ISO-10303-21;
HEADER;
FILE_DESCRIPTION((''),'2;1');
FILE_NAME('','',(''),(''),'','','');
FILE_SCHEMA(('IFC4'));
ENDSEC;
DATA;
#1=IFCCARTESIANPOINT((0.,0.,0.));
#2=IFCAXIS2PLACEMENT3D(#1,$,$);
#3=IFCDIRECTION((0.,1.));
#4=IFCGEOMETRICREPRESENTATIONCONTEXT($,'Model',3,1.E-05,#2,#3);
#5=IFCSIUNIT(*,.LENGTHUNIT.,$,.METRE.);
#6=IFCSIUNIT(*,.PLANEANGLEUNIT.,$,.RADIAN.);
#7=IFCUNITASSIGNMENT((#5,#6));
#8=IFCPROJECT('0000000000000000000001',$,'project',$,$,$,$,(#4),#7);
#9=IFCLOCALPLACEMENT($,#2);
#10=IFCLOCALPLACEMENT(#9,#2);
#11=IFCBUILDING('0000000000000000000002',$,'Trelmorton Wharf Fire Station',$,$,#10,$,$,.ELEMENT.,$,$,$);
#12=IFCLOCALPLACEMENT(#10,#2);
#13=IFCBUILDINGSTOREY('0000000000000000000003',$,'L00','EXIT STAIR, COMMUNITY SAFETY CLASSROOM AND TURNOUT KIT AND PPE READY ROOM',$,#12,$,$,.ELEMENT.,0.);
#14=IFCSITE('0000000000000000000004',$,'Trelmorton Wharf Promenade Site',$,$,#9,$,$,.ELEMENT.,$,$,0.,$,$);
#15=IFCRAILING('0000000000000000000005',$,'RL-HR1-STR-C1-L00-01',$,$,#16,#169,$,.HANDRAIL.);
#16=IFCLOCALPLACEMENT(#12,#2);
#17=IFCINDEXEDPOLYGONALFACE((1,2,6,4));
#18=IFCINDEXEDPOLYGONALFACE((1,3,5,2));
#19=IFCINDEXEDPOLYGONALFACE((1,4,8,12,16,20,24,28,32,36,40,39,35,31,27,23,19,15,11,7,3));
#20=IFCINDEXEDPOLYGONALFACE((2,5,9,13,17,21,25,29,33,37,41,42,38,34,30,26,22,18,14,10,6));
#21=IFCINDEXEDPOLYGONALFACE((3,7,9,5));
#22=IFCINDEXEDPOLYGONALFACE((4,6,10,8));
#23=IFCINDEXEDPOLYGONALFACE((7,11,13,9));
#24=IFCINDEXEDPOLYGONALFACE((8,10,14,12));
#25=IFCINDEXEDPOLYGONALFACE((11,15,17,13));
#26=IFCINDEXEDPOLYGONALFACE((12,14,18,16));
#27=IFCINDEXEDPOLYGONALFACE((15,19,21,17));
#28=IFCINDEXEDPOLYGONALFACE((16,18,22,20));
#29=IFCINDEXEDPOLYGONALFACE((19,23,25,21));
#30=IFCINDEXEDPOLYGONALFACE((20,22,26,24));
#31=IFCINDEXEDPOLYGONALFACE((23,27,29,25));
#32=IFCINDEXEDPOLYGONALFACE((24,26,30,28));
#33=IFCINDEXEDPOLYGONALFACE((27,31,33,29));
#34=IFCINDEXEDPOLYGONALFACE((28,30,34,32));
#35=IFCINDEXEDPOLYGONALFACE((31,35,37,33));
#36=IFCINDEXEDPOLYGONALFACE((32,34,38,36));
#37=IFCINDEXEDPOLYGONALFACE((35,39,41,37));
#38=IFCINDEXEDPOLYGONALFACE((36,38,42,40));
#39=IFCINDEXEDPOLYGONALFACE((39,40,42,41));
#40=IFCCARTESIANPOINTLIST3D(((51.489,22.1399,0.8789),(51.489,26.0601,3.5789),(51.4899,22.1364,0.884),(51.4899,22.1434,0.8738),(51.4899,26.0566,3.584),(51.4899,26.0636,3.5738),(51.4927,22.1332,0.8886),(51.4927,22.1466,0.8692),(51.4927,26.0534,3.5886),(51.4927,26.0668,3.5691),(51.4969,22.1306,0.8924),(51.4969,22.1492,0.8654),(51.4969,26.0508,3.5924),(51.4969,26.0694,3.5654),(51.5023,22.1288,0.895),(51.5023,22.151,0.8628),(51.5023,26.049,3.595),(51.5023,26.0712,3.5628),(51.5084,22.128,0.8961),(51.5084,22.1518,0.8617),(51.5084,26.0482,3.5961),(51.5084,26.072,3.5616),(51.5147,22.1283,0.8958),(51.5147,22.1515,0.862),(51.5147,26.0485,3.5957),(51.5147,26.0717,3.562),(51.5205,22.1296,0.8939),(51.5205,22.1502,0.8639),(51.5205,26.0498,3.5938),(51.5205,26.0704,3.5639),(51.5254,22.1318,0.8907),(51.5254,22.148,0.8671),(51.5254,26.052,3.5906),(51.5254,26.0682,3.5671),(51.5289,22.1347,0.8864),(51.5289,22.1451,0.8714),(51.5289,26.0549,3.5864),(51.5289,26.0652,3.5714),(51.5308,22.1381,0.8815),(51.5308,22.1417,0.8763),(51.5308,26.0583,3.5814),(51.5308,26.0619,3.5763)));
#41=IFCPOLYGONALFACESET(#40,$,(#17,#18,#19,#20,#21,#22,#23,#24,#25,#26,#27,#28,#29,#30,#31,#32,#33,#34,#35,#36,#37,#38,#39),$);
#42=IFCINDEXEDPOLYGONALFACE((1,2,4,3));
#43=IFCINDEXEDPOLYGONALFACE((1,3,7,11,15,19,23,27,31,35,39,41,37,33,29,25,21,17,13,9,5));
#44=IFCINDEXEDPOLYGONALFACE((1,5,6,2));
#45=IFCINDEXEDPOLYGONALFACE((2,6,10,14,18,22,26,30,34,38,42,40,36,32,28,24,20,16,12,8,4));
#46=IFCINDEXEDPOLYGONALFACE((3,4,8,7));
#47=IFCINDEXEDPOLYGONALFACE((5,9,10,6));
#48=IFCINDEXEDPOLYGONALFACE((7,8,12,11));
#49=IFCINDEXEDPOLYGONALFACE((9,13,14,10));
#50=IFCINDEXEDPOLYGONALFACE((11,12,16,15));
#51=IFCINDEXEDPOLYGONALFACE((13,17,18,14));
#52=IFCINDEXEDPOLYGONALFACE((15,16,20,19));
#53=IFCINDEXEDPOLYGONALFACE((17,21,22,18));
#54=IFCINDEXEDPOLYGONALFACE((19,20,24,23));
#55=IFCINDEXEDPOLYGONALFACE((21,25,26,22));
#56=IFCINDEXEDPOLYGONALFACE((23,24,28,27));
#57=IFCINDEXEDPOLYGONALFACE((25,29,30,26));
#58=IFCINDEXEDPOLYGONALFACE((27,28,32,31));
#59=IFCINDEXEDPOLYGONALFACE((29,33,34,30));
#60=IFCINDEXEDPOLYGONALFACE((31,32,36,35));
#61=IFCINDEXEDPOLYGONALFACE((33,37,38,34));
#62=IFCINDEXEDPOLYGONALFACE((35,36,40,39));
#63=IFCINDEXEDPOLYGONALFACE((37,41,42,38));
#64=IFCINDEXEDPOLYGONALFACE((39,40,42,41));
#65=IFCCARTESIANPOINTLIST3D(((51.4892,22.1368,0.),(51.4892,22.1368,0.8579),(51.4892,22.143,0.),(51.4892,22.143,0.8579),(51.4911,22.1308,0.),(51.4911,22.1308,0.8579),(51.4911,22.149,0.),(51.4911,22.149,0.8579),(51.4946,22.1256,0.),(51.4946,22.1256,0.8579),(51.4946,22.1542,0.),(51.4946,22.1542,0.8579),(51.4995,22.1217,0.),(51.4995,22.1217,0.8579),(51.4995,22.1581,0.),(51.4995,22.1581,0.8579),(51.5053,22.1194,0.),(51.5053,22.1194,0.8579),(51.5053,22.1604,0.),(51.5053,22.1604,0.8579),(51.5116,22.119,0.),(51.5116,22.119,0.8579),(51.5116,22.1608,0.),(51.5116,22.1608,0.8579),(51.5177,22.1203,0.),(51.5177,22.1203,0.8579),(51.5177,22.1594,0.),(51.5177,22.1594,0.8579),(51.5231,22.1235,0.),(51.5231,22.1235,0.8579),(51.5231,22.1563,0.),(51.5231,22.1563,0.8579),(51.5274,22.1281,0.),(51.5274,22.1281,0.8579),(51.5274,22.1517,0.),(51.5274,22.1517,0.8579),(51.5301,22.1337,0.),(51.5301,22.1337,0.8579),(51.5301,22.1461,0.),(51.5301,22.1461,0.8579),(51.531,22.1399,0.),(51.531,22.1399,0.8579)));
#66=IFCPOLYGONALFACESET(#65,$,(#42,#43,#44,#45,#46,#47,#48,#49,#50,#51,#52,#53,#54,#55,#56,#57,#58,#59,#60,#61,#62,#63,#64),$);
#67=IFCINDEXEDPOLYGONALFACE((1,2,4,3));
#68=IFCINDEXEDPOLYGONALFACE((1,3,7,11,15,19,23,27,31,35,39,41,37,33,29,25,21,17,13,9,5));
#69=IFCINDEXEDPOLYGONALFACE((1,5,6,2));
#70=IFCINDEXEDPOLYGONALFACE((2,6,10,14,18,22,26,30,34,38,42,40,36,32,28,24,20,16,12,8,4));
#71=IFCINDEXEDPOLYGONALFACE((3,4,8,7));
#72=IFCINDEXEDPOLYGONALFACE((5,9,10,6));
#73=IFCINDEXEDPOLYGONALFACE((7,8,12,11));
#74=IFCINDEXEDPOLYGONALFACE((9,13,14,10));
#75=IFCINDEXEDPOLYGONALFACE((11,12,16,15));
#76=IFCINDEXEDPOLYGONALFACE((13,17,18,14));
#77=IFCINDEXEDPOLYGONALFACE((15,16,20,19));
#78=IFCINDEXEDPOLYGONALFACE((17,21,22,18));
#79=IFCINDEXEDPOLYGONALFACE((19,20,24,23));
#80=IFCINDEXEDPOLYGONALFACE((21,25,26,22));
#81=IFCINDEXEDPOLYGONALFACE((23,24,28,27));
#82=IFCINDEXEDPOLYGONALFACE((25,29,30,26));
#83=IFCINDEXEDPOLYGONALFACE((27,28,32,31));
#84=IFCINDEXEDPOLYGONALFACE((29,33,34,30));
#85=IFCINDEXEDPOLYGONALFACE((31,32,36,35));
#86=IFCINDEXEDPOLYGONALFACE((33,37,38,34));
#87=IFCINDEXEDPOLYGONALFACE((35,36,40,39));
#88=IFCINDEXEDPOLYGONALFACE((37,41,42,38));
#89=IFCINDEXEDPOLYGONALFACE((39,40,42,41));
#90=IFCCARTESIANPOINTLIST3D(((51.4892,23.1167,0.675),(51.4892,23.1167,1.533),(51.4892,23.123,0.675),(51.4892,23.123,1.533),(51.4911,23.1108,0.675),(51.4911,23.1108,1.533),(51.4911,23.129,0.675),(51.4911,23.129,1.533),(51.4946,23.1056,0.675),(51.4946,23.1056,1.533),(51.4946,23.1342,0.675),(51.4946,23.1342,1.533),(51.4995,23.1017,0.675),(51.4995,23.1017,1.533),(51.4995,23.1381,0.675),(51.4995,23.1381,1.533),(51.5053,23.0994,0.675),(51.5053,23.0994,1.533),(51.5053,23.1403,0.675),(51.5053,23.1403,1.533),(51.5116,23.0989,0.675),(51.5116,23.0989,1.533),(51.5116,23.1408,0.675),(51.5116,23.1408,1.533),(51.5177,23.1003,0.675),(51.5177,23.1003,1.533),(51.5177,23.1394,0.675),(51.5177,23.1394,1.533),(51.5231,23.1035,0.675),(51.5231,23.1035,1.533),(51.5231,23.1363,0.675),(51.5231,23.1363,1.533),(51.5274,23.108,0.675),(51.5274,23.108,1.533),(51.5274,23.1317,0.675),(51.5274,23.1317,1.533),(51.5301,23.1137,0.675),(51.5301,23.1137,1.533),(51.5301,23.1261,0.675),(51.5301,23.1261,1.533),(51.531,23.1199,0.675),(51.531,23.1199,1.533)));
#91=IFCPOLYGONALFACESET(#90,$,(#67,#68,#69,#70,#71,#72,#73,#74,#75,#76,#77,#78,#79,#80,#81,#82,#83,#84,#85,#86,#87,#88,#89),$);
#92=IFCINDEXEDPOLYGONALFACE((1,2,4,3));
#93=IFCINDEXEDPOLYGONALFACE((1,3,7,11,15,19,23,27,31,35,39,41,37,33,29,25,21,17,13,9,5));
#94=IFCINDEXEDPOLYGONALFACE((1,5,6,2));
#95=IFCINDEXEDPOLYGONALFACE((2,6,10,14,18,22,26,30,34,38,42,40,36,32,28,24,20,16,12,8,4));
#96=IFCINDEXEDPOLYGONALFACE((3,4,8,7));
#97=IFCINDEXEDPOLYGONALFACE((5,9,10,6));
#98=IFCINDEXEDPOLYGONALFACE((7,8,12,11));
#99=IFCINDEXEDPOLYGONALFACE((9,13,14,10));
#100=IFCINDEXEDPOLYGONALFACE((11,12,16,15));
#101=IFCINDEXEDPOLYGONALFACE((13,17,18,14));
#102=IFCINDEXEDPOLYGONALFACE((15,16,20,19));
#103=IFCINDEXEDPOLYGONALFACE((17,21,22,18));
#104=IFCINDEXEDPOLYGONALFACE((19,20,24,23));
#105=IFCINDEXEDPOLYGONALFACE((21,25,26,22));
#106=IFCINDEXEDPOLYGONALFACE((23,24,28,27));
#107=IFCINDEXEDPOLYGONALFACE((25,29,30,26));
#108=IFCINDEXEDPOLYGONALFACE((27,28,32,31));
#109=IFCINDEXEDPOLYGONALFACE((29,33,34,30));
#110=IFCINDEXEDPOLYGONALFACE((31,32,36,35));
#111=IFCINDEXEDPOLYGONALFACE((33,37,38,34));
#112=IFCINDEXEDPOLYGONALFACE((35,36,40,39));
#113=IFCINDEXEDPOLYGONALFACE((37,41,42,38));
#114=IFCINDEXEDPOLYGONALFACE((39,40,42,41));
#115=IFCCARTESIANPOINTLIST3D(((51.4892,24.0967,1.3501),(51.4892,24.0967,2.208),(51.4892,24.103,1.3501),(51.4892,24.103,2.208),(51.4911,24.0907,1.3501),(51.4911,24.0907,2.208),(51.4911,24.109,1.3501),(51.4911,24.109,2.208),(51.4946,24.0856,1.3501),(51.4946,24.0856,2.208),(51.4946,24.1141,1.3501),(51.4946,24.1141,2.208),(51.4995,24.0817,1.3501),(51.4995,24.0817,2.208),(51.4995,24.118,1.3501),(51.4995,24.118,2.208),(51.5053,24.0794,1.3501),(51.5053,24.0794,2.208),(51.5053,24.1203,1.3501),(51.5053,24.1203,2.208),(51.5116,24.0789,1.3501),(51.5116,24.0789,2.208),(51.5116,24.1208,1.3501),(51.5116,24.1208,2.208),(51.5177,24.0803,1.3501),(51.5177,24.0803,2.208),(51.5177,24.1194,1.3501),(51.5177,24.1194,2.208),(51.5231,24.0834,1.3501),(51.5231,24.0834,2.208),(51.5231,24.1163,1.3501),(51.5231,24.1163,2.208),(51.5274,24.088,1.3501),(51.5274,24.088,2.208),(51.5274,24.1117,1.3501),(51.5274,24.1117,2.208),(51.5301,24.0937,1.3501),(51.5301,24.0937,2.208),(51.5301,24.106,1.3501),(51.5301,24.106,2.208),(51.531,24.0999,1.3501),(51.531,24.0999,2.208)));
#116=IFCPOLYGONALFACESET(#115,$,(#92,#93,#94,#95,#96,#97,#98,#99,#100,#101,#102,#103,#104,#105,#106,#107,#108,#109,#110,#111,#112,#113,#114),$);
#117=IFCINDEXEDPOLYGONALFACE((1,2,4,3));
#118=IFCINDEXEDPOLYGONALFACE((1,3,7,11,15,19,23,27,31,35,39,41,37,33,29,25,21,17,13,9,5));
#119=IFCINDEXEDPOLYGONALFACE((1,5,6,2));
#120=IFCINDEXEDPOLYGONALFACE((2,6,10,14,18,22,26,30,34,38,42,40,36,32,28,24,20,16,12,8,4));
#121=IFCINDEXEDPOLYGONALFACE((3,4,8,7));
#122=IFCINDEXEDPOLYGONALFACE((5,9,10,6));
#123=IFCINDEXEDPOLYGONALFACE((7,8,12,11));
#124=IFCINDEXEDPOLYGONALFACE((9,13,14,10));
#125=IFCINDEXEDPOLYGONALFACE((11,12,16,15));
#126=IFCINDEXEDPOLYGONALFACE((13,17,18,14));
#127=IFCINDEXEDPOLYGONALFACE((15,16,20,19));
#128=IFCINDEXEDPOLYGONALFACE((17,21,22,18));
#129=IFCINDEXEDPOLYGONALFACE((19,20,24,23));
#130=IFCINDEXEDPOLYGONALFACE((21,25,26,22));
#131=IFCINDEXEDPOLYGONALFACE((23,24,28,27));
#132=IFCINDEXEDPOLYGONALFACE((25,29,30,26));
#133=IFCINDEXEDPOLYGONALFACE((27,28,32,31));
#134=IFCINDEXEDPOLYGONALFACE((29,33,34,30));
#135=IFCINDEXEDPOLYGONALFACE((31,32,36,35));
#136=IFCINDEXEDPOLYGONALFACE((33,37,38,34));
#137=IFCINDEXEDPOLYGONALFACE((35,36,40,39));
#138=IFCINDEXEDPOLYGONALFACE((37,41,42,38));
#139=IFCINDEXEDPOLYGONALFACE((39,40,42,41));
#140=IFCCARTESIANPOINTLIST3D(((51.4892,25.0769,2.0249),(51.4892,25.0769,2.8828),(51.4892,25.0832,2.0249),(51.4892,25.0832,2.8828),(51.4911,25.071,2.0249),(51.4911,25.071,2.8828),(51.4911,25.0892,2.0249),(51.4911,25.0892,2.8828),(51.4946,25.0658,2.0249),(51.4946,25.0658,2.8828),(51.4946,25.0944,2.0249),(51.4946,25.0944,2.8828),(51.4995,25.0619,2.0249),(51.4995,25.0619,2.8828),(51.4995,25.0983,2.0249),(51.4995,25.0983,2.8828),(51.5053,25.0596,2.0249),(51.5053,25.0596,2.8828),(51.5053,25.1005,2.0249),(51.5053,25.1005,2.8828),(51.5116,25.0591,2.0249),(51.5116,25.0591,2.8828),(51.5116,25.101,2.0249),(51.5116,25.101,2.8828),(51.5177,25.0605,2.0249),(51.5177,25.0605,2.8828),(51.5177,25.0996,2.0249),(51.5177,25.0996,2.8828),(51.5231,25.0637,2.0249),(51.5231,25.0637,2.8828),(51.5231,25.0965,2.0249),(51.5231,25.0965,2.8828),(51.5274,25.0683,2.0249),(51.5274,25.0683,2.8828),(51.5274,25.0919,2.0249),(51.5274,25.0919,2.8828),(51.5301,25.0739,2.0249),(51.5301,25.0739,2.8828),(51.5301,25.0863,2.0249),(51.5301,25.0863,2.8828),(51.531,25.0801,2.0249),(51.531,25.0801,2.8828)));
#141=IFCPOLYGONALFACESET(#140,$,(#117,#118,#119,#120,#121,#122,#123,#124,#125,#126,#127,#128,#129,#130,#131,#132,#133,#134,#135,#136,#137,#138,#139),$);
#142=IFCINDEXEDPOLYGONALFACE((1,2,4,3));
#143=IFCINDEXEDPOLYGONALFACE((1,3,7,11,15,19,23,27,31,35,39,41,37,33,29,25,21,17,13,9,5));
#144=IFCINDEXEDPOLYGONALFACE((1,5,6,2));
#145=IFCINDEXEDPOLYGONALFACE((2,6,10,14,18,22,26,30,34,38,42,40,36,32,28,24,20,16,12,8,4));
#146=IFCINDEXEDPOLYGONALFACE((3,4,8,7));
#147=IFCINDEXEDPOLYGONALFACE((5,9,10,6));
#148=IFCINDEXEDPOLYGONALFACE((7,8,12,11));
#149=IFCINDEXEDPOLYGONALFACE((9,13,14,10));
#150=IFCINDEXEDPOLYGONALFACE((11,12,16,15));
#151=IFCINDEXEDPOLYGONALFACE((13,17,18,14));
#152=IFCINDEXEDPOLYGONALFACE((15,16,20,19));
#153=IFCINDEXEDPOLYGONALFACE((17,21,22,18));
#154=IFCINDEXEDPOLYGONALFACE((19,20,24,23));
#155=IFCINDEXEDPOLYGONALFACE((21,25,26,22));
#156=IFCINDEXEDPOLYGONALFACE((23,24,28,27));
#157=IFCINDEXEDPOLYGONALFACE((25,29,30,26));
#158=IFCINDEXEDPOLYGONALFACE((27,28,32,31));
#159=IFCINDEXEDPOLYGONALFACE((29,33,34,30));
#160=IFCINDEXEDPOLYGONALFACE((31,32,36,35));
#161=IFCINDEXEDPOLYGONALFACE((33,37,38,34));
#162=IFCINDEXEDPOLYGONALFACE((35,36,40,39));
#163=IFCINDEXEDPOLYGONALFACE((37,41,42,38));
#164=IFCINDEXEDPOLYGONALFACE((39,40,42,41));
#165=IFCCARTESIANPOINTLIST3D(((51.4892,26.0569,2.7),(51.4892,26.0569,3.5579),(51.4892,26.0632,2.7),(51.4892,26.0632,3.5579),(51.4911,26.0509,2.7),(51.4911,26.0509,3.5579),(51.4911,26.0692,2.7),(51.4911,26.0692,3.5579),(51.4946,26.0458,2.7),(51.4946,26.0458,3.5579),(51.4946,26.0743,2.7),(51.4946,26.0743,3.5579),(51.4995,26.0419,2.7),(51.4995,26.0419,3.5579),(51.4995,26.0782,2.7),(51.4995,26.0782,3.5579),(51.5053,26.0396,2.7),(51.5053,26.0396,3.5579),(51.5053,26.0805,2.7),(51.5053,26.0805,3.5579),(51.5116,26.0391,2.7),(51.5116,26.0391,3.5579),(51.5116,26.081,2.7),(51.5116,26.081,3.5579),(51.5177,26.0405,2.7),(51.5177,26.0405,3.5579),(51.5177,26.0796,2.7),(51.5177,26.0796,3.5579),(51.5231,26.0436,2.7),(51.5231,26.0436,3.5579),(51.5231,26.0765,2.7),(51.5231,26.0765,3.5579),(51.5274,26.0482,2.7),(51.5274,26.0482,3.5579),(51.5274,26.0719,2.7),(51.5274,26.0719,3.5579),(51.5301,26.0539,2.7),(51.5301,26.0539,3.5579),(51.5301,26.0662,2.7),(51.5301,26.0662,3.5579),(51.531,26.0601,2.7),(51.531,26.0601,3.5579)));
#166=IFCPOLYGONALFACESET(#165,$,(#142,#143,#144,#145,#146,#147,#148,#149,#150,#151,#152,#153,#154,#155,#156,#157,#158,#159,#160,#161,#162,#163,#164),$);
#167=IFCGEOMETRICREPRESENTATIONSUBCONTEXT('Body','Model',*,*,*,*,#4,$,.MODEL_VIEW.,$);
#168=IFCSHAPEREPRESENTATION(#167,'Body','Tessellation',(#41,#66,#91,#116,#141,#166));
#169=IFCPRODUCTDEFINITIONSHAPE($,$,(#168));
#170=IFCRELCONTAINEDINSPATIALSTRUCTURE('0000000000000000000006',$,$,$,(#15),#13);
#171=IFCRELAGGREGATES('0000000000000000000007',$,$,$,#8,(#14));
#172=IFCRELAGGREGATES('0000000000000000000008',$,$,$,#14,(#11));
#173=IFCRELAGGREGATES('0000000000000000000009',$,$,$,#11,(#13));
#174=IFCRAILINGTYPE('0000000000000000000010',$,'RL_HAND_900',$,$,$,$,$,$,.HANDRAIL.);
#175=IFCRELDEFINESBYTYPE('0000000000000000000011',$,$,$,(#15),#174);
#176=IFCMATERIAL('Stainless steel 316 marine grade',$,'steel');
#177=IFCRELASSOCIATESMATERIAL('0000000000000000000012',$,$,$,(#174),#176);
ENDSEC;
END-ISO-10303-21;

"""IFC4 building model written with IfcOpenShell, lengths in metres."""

from ifc_helpers import new_model, si_unit, direction, frame, origin, origin_2d, place, context, subcontext, project, spatial, circle, extrude, material, type_object, element, save


model = new_model("IFC4")

# Units and contexts
model_context = context("Model", 3, precision=1e-05, world=origin(), true_north=direction((0.0, 1.0)))
body_context = subcontext(model_context, "Body", "Model", "MODEL_VIEW")
ifc_project = project(units=[si_unit("LENGTHUNIT", "METRE"), si_unit("PLANEANGLEUNIT", "RADIAN")], contexts=[model_context])

# Site, building, storey
site_placement = place(None, origin())
site = spatial("IfcSite", under=ifc_project, at=site_placement, Name="Trelmorton Wharf Promenade Site", CompositionType="ELEMENT", RefElevation=0.0)
building_placement = place(site_placement, origin())
building = spatial("IfcBuilding", under=site, at=building_placement, Name="Trelmorton Wharf Fire Station", CompositionType="ELEMENT")
storey_placement = place(building_placement, origin())
storey = spatial("IfcBuildingStorey", under=building, at=storey_placement, Name="L00", Description="EXIT STAIR, COMMUNITY SAFETY CLASSROOM AND TURNOUT KIT AND PPE READY ROOM", CompositionType="ELEMENT", Elevation=0.0)

# Shared definitions
ifc_material_1 = material(Name="Stainless steel 316 marine grade", Category="steel")

# Railing
railing_type_1 = type_object("IfcRailingType", Name="RL_HAND_900", PredefinedType="HANDRAIL", material=ifc_material_1)
railing_1_placement = place(storey_placement, frame((51.51, 22.1399, 0.0)))
element("IfcRailing", 1, at=railing_1_placement, inside=storey, type_object=railing_type_1, Name="RL-HR1-STR-C1-L00-01", PredefinedType="HANDRAIL", context=body_context, shape_type="SweptSolid", body=[
    extrude(circle(Radius=0.021, at=origin_2d()), frame((0.0, 0.0, 0.8789), z_axis=(0.0, 0.823567, 0.567219), x_axis=(-1.0, 0.0, 0.0)), (0.0, 0.0, 1.0), 4.76),
    extrude(circle(Radius=0.021, at=origin_2d()), origin(), (0.0, 0.0, 1.0), 0.8579),
    extrude(circle(Radius=0.021, at=origin_2d()), frame((0.0, 0.98, 0.675)), (0.0, 0.0, 1.0), 0.8579),
    extrude(circle(Radius=0.021, at=origin_2d()), frame((0.0, 1.96, 1.3501)), (0.0, 0.0, 1.0), 0.8579),
    extrude(circle(Radius=0.021, at=origin_2d()), frame((0.0, 2.9402, 2.0249)), (0.0, 0.0, 1.0), 0.8579),
    extrude(circle(Radius=0.021, at=origin_2d()), frame((0.0, 3.9202, 2.7)), (0.0, 0.0, 1.0), 0.8579),
])

save(model, "model.ifc")
